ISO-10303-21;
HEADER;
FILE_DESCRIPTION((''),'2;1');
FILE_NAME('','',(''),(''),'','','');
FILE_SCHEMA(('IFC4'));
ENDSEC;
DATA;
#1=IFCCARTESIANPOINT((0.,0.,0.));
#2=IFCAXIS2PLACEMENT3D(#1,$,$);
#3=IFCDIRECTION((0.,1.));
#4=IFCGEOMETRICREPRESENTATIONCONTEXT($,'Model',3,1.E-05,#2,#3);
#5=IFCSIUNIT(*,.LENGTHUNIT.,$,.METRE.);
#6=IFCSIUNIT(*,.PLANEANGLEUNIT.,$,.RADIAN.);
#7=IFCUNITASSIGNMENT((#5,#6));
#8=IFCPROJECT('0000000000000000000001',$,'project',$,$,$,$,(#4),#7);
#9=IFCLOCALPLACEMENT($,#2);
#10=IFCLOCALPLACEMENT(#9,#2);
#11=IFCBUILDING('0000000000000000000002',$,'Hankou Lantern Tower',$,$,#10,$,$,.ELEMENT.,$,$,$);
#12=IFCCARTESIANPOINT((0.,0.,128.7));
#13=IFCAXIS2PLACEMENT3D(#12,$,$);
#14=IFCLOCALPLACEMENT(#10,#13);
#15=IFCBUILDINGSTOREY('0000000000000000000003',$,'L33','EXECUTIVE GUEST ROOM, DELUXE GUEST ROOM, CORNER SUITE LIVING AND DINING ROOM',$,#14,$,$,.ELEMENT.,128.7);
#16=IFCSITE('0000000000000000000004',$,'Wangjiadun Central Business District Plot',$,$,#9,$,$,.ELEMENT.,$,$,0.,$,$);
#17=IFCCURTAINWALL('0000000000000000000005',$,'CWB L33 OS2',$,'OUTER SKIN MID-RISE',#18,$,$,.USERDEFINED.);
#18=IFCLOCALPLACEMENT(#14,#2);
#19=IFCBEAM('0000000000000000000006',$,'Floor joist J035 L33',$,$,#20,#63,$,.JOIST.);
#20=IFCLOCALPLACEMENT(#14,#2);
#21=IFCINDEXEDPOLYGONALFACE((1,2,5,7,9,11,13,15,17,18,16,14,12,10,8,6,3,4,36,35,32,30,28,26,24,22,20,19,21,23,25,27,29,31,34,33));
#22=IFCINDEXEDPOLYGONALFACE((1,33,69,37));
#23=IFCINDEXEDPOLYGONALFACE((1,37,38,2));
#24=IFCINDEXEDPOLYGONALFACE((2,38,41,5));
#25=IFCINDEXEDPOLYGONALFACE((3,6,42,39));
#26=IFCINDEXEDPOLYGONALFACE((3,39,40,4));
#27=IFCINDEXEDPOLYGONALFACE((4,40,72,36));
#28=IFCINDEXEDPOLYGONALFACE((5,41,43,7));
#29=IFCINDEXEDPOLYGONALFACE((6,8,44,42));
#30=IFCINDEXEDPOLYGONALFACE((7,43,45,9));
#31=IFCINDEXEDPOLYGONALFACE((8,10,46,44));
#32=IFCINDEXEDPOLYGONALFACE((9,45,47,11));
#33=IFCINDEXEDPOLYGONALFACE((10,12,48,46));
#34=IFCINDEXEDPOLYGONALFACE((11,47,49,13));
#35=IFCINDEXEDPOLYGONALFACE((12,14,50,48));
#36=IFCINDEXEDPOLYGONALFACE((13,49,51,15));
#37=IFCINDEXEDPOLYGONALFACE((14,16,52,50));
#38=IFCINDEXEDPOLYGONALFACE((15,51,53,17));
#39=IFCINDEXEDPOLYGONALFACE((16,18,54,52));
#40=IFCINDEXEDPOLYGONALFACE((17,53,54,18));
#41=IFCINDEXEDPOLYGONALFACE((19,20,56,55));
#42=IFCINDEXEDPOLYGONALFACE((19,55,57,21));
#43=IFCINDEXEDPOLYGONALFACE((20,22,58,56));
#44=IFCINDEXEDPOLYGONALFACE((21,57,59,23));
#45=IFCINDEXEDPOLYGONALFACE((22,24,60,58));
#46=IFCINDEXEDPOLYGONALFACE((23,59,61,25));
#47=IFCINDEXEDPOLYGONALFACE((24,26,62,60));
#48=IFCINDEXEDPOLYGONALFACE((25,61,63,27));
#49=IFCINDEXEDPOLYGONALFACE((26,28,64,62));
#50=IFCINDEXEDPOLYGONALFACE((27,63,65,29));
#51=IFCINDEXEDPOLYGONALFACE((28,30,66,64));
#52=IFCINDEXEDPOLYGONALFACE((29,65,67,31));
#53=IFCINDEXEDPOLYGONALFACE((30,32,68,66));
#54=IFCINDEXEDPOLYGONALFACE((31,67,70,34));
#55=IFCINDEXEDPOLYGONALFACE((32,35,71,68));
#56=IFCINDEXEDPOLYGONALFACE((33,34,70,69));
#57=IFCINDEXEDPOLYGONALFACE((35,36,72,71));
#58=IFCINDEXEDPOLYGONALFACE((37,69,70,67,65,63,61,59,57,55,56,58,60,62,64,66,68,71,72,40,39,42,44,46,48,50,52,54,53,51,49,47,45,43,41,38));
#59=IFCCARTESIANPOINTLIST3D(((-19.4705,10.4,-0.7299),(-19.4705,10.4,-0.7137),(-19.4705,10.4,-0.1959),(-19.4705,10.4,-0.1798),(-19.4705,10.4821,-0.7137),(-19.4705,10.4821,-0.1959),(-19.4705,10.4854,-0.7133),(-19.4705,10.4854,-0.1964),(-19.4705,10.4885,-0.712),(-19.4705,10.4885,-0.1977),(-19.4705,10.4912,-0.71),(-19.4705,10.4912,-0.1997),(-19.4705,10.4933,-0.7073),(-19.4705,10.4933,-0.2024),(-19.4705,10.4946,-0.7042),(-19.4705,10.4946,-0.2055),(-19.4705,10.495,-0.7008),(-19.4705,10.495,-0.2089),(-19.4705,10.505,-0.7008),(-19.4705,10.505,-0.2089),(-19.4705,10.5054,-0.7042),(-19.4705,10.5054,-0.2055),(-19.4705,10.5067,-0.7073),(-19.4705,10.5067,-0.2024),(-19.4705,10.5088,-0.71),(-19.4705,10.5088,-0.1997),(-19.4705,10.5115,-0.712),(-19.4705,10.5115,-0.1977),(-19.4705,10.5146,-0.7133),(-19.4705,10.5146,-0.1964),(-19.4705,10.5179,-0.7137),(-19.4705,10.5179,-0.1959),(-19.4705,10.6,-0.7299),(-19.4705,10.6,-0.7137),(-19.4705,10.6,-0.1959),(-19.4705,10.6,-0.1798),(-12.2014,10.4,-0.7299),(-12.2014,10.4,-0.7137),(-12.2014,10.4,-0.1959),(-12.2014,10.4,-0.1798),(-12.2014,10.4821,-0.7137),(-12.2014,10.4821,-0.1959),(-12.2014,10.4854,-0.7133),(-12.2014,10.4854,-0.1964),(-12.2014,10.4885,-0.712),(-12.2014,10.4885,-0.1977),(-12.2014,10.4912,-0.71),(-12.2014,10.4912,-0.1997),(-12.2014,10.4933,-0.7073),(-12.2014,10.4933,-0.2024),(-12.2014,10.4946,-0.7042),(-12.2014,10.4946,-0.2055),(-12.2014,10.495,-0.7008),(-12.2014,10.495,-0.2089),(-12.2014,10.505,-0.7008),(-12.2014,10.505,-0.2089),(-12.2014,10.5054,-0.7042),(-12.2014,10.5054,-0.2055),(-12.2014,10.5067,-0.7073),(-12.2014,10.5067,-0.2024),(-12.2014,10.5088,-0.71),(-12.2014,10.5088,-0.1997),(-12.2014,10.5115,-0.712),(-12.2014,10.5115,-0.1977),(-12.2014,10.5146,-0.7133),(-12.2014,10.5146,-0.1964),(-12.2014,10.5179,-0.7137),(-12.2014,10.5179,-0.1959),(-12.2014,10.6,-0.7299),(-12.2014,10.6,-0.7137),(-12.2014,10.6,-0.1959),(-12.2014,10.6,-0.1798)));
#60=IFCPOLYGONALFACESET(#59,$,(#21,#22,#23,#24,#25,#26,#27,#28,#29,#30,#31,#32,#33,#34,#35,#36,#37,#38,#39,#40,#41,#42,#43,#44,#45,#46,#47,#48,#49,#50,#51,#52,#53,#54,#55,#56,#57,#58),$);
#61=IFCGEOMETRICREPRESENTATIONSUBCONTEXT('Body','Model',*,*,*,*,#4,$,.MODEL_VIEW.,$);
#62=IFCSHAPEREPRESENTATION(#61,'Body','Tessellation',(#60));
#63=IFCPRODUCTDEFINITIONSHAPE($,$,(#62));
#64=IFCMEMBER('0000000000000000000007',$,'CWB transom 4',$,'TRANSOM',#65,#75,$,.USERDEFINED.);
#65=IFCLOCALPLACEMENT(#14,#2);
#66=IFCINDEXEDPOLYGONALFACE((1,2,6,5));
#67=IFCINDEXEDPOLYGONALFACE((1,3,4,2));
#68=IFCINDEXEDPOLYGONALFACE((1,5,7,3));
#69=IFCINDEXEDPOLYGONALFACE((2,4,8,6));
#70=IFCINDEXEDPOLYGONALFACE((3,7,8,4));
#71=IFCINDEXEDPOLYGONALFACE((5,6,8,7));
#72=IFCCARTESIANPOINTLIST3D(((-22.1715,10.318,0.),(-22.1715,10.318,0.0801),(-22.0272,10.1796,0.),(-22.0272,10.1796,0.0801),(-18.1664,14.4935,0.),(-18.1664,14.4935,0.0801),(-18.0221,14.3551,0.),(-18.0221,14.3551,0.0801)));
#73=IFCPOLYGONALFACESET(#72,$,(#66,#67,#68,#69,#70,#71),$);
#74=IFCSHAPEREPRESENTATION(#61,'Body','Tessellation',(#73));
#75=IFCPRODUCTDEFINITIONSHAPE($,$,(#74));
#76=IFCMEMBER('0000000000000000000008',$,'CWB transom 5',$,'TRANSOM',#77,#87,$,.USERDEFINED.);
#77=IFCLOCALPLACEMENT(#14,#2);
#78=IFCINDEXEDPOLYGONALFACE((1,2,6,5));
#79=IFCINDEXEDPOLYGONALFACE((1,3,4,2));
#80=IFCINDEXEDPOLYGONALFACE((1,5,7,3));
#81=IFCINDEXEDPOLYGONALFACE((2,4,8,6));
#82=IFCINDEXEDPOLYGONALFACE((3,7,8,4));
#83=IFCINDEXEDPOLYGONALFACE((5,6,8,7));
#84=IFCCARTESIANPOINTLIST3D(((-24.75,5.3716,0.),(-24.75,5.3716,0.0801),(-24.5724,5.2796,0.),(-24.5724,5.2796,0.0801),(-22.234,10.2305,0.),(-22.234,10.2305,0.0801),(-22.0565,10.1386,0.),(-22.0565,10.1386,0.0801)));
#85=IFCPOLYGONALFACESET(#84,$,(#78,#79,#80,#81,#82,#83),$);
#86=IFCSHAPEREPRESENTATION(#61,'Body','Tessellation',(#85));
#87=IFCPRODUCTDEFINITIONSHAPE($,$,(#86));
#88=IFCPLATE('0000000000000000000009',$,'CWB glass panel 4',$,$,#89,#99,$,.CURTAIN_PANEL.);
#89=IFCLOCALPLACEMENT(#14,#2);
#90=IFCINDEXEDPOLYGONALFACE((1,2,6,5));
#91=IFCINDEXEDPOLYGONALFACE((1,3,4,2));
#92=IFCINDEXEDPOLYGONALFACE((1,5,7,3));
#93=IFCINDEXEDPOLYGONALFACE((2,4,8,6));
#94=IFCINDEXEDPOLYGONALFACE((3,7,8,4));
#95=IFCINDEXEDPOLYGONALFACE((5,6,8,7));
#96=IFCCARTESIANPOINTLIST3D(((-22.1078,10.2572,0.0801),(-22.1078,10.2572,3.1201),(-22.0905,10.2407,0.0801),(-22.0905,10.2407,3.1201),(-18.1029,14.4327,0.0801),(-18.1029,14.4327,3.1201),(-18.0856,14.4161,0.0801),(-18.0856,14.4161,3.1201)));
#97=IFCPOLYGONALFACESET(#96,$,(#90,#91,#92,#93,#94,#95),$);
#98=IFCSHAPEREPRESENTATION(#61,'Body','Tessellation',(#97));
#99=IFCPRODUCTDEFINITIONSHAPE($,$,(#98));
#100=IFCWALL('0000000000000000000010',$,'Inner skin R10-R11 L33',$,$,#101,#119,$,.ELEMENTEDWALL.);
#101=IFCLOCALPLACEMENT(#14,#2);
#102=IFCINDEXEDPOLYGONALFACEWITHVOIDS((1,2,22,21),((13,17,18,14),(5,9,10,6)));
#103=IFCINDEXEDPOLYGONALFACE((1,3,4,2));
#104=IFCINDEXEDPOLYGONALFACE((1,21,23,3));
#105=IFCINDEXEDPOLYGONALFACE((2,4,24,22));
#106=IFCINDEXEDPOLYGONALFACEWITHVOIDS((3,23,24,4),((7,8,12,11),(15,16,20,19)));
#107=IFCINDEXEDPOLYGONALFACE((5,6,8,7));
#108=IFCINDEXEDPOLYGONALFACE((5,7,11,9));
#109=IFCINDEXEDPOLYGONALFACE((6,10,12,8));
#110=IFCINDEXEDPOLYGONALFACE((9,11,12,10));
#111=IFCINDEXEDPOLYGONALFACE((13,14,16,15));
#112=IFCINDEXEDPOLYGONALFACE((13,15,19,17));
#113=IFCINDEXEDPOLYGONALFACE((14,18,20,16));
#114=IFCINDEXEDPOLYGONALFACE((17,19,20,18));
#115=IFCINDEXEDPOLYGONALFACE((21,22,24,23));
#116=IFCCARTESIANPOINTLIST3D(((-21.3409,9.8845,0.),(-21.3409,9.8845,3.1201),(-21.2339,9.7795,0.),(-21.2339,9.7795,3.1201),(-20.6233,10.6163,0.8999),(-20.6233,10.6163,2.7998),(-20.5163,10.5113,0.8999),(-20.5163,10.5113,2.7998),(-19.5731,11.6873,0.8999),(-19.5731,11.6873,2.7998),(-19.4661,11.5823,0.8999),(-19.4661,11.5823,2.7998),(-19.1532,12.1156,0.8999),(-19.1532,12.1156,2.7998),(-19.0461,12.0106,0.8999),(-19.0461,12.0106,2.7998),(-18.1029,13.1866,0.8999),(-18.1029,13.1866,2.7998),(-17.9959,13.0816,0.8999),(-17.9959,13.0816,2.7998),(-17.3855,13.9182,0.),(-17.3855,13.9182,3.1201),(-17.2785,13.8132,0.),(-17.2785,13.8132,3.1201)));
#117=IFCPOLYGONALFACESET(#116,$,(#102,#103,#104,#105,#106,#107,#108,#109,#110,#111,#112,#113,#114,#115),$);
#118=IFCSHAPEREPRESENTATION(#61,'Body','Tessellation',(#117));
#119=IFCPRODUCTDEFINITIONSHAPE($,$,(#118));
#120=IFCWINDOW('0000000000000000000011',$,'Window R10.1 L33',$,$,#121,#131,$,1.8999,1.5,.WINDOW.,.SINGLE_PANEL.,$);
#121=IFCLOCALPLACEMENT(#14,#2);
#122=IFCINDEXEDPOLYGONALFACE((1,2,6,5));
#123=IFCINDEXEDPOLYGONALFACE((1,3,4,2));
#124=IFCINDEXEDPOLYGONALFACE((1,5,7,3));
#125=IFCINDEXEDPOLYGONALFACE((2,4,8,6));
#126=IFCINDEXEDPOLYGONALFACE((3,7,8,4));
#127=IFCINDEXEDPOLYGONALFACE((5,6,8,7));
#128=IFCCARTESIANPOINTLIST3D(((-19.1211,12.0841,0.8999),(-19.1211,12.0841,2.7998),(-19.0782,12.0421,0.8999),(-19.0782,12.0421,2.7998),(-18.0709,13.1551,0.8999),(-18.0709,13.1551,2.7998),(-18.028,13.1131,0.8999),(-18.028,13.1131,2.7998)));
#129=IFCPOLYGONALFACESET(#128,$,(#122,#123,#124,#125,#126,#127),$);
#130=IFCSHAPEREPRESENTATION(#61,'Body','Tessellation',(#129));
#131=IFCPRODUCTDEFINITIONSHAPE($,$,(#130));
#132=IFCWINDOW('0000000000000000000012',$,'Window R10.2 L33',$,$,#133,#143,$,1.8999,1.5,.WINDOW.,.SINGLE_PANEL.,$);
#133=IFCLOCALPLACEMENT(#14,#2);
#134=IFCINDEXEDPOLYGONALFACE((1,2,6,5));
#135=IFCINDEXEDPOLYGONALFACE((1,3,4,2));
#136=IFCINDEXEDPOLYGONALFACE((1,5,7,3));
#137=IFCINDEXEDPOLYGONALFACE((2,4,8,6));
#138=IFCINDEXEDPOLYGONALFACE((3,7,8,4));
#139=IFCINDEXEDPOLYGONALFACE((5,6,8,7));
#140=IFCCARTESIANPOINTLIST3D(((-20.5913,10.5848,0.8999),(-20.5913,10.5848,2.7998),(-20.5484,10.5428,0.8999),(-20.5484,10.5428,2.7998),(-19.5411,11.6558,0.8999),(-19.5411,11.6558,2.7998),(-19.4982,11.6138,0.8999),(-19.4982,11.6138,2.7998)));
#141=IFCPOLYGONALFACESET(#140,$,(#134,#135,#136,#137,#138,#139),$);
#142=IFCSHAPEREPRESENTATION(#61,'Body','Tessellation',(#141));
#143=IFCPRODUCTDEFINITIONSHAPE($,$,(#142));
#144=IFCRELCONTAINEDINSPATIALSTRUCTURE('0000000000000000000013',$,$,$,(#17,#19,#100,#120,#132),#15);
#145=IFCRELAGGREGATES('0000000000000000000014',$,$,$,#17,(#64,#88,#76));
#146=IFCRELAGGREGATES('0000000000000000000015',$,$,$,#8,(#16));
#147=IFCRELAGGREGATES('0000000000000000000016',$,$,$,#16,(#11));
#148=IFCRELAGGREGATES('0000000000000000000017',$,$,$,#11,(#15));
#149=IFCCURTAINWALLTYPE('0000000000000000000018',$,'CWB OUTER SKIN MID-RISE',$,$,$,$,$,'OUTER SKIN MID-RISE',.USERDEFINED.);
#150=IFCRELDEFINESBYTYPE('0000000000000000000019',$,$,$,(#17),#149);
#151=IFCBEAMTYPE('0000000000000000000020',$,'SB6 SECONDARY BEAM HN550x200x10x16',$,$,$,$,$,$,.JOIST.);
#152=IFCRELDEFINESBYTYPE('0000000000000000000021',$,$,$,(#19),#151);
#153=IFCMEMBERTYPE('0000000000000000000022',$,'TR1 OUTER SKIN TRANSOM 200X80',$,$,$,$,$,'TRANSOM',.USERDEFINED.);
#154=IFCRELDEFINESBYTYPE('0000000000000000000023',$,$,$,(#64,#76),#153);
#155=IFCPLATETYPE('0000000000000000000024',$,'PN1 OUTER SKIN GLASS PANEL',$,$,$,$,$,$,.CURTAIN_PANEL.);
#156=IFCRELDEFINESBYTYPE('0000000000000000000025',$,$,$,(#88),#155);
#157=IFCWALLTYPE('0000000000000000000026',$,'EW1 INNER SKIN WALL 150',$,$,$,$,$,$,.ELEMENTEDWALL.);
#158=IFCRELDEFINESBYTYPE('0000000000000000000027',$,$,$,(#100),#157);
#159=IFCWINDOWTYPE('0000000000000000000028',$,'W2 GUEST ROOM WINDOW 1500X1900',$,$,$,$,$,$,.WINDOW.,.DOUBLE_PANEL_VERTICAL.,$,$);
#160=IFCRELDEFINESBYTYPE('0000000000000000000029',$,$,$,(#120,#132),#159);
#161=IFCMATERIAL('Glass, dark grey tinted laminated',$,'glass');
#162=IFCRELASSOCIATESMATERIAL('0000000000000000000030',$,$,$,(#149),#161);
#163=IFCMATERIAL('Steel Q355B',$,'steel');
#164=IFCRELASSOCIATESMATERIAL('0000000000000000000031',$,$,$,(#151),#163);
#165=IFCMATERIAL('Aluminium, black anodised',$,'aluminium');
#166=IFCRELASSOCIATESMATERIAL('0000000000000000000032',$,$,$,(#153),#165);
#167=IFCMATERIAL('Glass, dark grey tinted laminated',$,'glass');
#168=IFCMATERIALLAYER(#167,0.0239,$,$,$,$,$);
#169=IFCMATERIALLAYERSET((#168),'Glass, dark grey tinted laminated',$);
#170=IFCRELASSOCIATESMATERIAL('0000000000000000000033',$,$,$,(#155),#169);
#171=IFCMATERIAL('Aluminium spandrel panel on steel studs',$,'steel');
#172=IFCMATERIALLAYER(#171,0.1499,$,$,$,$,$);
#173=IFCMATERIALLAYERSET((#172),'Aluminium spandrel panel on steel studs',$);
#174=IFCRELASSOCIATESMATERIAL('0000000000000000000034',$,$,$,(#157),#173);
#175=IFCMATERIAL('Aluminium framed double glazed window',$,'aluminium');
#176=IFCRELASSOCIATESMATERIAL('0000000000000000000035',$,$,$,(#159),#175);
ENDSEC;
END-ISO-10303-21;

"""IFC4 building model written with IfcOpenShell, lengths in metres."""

from ifc_helpers import new_model, si_unit, direction, frame, frame_2d, origin, origin_2d, place, context, subcontext, project, spatial, rectangle, i_section, extrude, material, layer, layer_set, material_profile, profile_set, type_object, element, fill, aggregate, save


model = new_model("IFC4")

# Units and contexts
model_context = context("Model", 3, precision=1e-05, world=origin(), true_north=direction((0.0, 1.0)))
body_context = subcontext(model_context, "Body", "Model", "MODEL_VIEW")
ifc_project = project(units=[si_unit("LENGTHUNIT", "METRE"), si_unit("PLANEANGLEUNIT", "RADIAN")], contexts=[model_context])

# Site, building, storey
site_placement = place(None, origin())
site = spatial("IfcSite", under=ifc_project, at=site_placement, Name="Wangjiadun Central Business District Plot", CompositionType="ELEMENT", RefElevation=0.0)
building_placement = place(site_placement, origin())
building = spatial("IfcBuilding", under=site, at=building_placement, Name="Hankou Lantern Tower", CompositionType="ELEMENT")
storey_placement = place(building_placement, frame((0.0, 0.0, 128.7)))
storey = spatial("IfcBuildingStorey", under=building, at=storey_placement, Name="L33", Description="EXECUTIVE GUEST ROOM, DELUXE GUEST ROOM, CORNER SUITE LIVING AND DINING ROOM", CompositionType="ELEMENT", Elevation=128.7)

# Curtain wall
ifc_material_1 = material(Name="Glass, dark grey tinted laminated", Category="glass")
curtain_wall_type = type_object("IfcCurtainWallType", Name="CWB OUTER SKIN MID-RISE", ElementType="OUTER SKIN MID-RISE", PredefinedType="USERDEFINED", material=ifc_material_1)
curtain_wall_placement = place(storey_placement, origin())
curtain_wall = element("IfcCurtainWall", 1, at=curtain_wall_placement, inside=storey, type_object=curtain_wall_type, Name="CWB L33 OS2", ObjectType="OUTER SKIN MID-RISE", PredefinedType="USERDEFINED")

# Beam
ifc_material_2 = material(Name="Steel Q355B", Category="steel")
ifc_material_profile_1 = material_profile(ifc_material_2, i_section(OverallWidth=0.2, OverallDepth=0.55, WebThickness=0.01, FlangeThickness=0.0161, FilletRadius=0.0129, at=origin_2d()), Name="HN550x200x10x16")
ifc_profile_set_1 = profile_set([ifc_material_profile_1], Name="Steel Q355B")
beam_type_1 = type_object("IfcBeamType", Name="SB6 SECONDARY BEAM HN550x200x10x16", PredefinedType="JOIST", material=ifc_profile_set_1)
beam_1_placement = place(storey_placement, frame((-19.4705, 10.5, -0.4548), z_axis=(1.0, 0.0, 0.0), x_axis=(0.0, 1.0, 0.0)))
element("IfcBeam", 2, at=beam_1_placement, inside=storey, type_object=beam_type_1, Name="Floor joist J035 L33", PredefinedType="JOIST", context=body_context, shape_type="SweptSolid", body=[
    extrude(i_section(OverallWidth=0.2, OverallDepth=0.55, WebThickness=0.01, FlangeThickness=0.0161, FilletRadius=0.0129, at=origin_2d()), origin(), (0.0, 0.0, 1.0), 7.269),
])

# Members
ifc_material_3 = material(Name="Aluminium, black anodised", Category="aluminium")
ifc_material_profile_2 = material_profile(ifc_material_3, rectangle(XDim=0.2, YDim=0.0801, at=origin_2d()), Name="TR1 200X80")
ifc_profile_set_2 = profile_set([ifc_material_profile_2], Name="Aluminium, black anodised")
member_type_1 = type_object("IfcMemberType", Name="TR1 OUTER SKIN TRANSOM 200X80", ElementType="TRANSOM", PredefinedType="USERDEFINED", material=ifc_profile_set_2)
member_1_placement = place(storey_placement, frame((-18.0942, 14.4243, 0.04), z_axis=(-0.692227, -0.72168, 0.0), x_axis=(0.72168, -0.692227, 0.0)))
member_1 = element("IfcMember", 3, at=member_1_placement, type_object=member_type_1, Name="CWB transom 4", ObjectType="TRANSOM", PredefinedType="USERDEFINED", context=body_context, shape_type="SweptSolid", body=[
    extrude(rectangle(XDim=0.2, YDim=0.0801, at=origin_2d()), origin(), (0.0, 0.0, 1.0), 5.7859),
])
member_2_placement = place(storey_placement, frame((-22.1453, 10.1846, 0.04), z_axis=(-0.459805, -0.88802, 0.0), x_axis=(0.88802, -0.459805, 0.0)))
member_2 = element("IfcMember", 4, at=member_2_placement, type_object=member_type_1, Name="CWB transom 5", ObjectType="TRANSOM", PredefinedType="USERDEFINED", context=body_context, shape_type="SweptSolid", body=[
    extrude(rectangle(XDim=0.2, YDim=0.0801, at=origin_2d()), origin(), (0.0, 0.0, 1.0), 5.4717),
])

# Plate
ifc_material_4 = material(Name="Glass, dark grey tinted laminated", Category="glass")
ifc_layer_1 = layer(ifc_material_4, 0.0239)
ifc_layer_set_1 = layer_set([ifc_layer_1], Name="Glass, dark grey tinted laminated")
plate_type = type_object("IfcPlateType", Name="PN1 OUTER SKIN GLASS PANEL", PredefinedType="CURTAIN_PANEL", material=ifc_layer_set_1)
plate_placement = place(storey_placement, frame((-20.0967, 12.3367, 0.0801), z_axis=(0.0, 0.0, 1.0), x_axis=(-0.692216, -0.721691, 0.0)))
plate = element("IfcPlate", 5, at=plate_placement, type_object=plate_type, Name="CWB glass panel 4", PredefinedType="CURTAIN_PANEL", context=body_context, shape_type="SweptSolid", body=[
    extrude(rectangle(XDim=5.7856, YDim=0.0239, at=origin_2d()), origin(), (0.0, 0.0, 1.0), 3.04),
])
aggregate(curtain_wall, [member_1, plate, member_2])

# Wall, openings, windows
ifc_material_5 = material(Name="Aluminium spandrel panel on steel studs", Category="steel")
ifc_layer_2 = layer(ifc_material_5, 0.1499)
ifc_layer_set_2 = layer_set([ifc_layer_2], Name="Aluminium spandrel panel on steel studs")
wall_type = type_object("IfcWallType", Name="EW1 INNER SKIN WALL 150", PredefinedType="ELEMENTEDWALL", material=ifc_layer_set_2)
wall_1_placement = place(storey_placement, frame((-17.332, 13.8657, 0.0), z_axis=(0.0, 0.0, 1.0), x_axis=(-0.700137, -0.714009, 0.0)))
wall_1 = element("IfcWall", 6, at=wall_1_placement, inside=storey, type_object=wall_type, Name="Inner skin R10-R11 L33", PredefinedType="ELEMENTEDWALL", context=body_context, shape_type="SweptSolid", body=[
    extrude(rectangle(XDim=5.6494, YDim=0.1499, at=frame_2d((2.8247, 0.0))), origin(), (0.0, 0.0, 1.0), 3.1201),
])
opening_1_placement = place(wall_1_placement, frame((1.0247, 0.0, 0.8999)))
opening_1 = element("IfcOpeningElement", 7, at=opening_1_placement, cuts=wall_1, PredefinedType="OPENING", context=body_context, shape_type="SweptSolid", body=[
    extrude(rectangle(XDim=1.5, YDim=1.8999, at=frame_2d((0.75, 0.95))), frame((0.0, 0.085, 0.0), z_axis=(0.0, -1.0, 0.0), x_axis=(1.0, 0.0, 0.0)), (0.0, 0.0, 1.0), 0.1699),
])
opening_2_placement = place(wall_1_placement, frame((3.1245, 0.0, 0.8999)))
opening_2 = element("IfcOpeningElement", 8, at=opening_2_placement, cuts=wall_1, PredefinedType="OPENING", context=body_context, shape_type="SweptSolid", body=[
    extrude(rectangle(XDim=1.5, YDim=1.8999, at=frame_2d((0.75, 0.95))), frame((0.0, 0.085, 0.0), z_axis=(0.0, -1.0, 0.0), x_axis=(1.0, 0.0, 0.0)), (0.0, 0.0, 1.0), 0.1699),
])
ifc_material_6 = material(Name="Aluminium framed double glazed window", Category="aluminium")
window_type = type_object("IfcWindowType", Name="W2 GUEST ROOM WINDOW 1500X1900", PartitioningType="DOUBLE_PANEL_VERTICAL", PredefinedType="WINDOW", material=ifc_material_6)
window_1_placement = place(opening_1_placement, origin())
window_1 = element("IfcWindow", 9, at=window_1_placement, inside=storey, type_object=window_type, Name="Window R10.1 L33", OverallHeight=1.8999, OverallWidth=1.5, PartitioningType="SINGLE_PANEL", PredefinedType="WINDOW", context=body_context, shape_type="SweptSolid", body=[
    extrude(rectangle(XDim=1.5, YDim=1.8999, at=frame_2d((0.75, 0.95))), frame((0.0, 0.03, 0.0), z_axis=(0.0, -1.0, 0.0), x_axis=(1.0, 0.0, 0.0)), (0.0, 0.0, 1.0), 0.0601),
])
fill(opening_1, window_1)
window_2_placement = place(opening_2_placement, origin())
window_2 = element("IfcWindow", 10, at=window_2_placement, inside=storey, type_object=window_type, Name="Window R10.2 L33", OverallHeight=1.8999, OverallWidth=1.5, PartitioningType="SINGLE_PANEL", PredefinedType="WINDOW", context=body_context, shape_type="SweptSolid", body=[
    extrude(rectangle(XDim=1.5, YDim=1.8999, at=frame_2d((0.75, 0.95))), frame((0.0, 0.03, 0.0), z_axis=(0.0, -1.0, 0.0), x_axis=(1.0, 0.0, 0.0)), (0.0, 0.0, 1.0), 0.0601),
])
fill(opening_2, window_2)

save(model, "model.ifc")
